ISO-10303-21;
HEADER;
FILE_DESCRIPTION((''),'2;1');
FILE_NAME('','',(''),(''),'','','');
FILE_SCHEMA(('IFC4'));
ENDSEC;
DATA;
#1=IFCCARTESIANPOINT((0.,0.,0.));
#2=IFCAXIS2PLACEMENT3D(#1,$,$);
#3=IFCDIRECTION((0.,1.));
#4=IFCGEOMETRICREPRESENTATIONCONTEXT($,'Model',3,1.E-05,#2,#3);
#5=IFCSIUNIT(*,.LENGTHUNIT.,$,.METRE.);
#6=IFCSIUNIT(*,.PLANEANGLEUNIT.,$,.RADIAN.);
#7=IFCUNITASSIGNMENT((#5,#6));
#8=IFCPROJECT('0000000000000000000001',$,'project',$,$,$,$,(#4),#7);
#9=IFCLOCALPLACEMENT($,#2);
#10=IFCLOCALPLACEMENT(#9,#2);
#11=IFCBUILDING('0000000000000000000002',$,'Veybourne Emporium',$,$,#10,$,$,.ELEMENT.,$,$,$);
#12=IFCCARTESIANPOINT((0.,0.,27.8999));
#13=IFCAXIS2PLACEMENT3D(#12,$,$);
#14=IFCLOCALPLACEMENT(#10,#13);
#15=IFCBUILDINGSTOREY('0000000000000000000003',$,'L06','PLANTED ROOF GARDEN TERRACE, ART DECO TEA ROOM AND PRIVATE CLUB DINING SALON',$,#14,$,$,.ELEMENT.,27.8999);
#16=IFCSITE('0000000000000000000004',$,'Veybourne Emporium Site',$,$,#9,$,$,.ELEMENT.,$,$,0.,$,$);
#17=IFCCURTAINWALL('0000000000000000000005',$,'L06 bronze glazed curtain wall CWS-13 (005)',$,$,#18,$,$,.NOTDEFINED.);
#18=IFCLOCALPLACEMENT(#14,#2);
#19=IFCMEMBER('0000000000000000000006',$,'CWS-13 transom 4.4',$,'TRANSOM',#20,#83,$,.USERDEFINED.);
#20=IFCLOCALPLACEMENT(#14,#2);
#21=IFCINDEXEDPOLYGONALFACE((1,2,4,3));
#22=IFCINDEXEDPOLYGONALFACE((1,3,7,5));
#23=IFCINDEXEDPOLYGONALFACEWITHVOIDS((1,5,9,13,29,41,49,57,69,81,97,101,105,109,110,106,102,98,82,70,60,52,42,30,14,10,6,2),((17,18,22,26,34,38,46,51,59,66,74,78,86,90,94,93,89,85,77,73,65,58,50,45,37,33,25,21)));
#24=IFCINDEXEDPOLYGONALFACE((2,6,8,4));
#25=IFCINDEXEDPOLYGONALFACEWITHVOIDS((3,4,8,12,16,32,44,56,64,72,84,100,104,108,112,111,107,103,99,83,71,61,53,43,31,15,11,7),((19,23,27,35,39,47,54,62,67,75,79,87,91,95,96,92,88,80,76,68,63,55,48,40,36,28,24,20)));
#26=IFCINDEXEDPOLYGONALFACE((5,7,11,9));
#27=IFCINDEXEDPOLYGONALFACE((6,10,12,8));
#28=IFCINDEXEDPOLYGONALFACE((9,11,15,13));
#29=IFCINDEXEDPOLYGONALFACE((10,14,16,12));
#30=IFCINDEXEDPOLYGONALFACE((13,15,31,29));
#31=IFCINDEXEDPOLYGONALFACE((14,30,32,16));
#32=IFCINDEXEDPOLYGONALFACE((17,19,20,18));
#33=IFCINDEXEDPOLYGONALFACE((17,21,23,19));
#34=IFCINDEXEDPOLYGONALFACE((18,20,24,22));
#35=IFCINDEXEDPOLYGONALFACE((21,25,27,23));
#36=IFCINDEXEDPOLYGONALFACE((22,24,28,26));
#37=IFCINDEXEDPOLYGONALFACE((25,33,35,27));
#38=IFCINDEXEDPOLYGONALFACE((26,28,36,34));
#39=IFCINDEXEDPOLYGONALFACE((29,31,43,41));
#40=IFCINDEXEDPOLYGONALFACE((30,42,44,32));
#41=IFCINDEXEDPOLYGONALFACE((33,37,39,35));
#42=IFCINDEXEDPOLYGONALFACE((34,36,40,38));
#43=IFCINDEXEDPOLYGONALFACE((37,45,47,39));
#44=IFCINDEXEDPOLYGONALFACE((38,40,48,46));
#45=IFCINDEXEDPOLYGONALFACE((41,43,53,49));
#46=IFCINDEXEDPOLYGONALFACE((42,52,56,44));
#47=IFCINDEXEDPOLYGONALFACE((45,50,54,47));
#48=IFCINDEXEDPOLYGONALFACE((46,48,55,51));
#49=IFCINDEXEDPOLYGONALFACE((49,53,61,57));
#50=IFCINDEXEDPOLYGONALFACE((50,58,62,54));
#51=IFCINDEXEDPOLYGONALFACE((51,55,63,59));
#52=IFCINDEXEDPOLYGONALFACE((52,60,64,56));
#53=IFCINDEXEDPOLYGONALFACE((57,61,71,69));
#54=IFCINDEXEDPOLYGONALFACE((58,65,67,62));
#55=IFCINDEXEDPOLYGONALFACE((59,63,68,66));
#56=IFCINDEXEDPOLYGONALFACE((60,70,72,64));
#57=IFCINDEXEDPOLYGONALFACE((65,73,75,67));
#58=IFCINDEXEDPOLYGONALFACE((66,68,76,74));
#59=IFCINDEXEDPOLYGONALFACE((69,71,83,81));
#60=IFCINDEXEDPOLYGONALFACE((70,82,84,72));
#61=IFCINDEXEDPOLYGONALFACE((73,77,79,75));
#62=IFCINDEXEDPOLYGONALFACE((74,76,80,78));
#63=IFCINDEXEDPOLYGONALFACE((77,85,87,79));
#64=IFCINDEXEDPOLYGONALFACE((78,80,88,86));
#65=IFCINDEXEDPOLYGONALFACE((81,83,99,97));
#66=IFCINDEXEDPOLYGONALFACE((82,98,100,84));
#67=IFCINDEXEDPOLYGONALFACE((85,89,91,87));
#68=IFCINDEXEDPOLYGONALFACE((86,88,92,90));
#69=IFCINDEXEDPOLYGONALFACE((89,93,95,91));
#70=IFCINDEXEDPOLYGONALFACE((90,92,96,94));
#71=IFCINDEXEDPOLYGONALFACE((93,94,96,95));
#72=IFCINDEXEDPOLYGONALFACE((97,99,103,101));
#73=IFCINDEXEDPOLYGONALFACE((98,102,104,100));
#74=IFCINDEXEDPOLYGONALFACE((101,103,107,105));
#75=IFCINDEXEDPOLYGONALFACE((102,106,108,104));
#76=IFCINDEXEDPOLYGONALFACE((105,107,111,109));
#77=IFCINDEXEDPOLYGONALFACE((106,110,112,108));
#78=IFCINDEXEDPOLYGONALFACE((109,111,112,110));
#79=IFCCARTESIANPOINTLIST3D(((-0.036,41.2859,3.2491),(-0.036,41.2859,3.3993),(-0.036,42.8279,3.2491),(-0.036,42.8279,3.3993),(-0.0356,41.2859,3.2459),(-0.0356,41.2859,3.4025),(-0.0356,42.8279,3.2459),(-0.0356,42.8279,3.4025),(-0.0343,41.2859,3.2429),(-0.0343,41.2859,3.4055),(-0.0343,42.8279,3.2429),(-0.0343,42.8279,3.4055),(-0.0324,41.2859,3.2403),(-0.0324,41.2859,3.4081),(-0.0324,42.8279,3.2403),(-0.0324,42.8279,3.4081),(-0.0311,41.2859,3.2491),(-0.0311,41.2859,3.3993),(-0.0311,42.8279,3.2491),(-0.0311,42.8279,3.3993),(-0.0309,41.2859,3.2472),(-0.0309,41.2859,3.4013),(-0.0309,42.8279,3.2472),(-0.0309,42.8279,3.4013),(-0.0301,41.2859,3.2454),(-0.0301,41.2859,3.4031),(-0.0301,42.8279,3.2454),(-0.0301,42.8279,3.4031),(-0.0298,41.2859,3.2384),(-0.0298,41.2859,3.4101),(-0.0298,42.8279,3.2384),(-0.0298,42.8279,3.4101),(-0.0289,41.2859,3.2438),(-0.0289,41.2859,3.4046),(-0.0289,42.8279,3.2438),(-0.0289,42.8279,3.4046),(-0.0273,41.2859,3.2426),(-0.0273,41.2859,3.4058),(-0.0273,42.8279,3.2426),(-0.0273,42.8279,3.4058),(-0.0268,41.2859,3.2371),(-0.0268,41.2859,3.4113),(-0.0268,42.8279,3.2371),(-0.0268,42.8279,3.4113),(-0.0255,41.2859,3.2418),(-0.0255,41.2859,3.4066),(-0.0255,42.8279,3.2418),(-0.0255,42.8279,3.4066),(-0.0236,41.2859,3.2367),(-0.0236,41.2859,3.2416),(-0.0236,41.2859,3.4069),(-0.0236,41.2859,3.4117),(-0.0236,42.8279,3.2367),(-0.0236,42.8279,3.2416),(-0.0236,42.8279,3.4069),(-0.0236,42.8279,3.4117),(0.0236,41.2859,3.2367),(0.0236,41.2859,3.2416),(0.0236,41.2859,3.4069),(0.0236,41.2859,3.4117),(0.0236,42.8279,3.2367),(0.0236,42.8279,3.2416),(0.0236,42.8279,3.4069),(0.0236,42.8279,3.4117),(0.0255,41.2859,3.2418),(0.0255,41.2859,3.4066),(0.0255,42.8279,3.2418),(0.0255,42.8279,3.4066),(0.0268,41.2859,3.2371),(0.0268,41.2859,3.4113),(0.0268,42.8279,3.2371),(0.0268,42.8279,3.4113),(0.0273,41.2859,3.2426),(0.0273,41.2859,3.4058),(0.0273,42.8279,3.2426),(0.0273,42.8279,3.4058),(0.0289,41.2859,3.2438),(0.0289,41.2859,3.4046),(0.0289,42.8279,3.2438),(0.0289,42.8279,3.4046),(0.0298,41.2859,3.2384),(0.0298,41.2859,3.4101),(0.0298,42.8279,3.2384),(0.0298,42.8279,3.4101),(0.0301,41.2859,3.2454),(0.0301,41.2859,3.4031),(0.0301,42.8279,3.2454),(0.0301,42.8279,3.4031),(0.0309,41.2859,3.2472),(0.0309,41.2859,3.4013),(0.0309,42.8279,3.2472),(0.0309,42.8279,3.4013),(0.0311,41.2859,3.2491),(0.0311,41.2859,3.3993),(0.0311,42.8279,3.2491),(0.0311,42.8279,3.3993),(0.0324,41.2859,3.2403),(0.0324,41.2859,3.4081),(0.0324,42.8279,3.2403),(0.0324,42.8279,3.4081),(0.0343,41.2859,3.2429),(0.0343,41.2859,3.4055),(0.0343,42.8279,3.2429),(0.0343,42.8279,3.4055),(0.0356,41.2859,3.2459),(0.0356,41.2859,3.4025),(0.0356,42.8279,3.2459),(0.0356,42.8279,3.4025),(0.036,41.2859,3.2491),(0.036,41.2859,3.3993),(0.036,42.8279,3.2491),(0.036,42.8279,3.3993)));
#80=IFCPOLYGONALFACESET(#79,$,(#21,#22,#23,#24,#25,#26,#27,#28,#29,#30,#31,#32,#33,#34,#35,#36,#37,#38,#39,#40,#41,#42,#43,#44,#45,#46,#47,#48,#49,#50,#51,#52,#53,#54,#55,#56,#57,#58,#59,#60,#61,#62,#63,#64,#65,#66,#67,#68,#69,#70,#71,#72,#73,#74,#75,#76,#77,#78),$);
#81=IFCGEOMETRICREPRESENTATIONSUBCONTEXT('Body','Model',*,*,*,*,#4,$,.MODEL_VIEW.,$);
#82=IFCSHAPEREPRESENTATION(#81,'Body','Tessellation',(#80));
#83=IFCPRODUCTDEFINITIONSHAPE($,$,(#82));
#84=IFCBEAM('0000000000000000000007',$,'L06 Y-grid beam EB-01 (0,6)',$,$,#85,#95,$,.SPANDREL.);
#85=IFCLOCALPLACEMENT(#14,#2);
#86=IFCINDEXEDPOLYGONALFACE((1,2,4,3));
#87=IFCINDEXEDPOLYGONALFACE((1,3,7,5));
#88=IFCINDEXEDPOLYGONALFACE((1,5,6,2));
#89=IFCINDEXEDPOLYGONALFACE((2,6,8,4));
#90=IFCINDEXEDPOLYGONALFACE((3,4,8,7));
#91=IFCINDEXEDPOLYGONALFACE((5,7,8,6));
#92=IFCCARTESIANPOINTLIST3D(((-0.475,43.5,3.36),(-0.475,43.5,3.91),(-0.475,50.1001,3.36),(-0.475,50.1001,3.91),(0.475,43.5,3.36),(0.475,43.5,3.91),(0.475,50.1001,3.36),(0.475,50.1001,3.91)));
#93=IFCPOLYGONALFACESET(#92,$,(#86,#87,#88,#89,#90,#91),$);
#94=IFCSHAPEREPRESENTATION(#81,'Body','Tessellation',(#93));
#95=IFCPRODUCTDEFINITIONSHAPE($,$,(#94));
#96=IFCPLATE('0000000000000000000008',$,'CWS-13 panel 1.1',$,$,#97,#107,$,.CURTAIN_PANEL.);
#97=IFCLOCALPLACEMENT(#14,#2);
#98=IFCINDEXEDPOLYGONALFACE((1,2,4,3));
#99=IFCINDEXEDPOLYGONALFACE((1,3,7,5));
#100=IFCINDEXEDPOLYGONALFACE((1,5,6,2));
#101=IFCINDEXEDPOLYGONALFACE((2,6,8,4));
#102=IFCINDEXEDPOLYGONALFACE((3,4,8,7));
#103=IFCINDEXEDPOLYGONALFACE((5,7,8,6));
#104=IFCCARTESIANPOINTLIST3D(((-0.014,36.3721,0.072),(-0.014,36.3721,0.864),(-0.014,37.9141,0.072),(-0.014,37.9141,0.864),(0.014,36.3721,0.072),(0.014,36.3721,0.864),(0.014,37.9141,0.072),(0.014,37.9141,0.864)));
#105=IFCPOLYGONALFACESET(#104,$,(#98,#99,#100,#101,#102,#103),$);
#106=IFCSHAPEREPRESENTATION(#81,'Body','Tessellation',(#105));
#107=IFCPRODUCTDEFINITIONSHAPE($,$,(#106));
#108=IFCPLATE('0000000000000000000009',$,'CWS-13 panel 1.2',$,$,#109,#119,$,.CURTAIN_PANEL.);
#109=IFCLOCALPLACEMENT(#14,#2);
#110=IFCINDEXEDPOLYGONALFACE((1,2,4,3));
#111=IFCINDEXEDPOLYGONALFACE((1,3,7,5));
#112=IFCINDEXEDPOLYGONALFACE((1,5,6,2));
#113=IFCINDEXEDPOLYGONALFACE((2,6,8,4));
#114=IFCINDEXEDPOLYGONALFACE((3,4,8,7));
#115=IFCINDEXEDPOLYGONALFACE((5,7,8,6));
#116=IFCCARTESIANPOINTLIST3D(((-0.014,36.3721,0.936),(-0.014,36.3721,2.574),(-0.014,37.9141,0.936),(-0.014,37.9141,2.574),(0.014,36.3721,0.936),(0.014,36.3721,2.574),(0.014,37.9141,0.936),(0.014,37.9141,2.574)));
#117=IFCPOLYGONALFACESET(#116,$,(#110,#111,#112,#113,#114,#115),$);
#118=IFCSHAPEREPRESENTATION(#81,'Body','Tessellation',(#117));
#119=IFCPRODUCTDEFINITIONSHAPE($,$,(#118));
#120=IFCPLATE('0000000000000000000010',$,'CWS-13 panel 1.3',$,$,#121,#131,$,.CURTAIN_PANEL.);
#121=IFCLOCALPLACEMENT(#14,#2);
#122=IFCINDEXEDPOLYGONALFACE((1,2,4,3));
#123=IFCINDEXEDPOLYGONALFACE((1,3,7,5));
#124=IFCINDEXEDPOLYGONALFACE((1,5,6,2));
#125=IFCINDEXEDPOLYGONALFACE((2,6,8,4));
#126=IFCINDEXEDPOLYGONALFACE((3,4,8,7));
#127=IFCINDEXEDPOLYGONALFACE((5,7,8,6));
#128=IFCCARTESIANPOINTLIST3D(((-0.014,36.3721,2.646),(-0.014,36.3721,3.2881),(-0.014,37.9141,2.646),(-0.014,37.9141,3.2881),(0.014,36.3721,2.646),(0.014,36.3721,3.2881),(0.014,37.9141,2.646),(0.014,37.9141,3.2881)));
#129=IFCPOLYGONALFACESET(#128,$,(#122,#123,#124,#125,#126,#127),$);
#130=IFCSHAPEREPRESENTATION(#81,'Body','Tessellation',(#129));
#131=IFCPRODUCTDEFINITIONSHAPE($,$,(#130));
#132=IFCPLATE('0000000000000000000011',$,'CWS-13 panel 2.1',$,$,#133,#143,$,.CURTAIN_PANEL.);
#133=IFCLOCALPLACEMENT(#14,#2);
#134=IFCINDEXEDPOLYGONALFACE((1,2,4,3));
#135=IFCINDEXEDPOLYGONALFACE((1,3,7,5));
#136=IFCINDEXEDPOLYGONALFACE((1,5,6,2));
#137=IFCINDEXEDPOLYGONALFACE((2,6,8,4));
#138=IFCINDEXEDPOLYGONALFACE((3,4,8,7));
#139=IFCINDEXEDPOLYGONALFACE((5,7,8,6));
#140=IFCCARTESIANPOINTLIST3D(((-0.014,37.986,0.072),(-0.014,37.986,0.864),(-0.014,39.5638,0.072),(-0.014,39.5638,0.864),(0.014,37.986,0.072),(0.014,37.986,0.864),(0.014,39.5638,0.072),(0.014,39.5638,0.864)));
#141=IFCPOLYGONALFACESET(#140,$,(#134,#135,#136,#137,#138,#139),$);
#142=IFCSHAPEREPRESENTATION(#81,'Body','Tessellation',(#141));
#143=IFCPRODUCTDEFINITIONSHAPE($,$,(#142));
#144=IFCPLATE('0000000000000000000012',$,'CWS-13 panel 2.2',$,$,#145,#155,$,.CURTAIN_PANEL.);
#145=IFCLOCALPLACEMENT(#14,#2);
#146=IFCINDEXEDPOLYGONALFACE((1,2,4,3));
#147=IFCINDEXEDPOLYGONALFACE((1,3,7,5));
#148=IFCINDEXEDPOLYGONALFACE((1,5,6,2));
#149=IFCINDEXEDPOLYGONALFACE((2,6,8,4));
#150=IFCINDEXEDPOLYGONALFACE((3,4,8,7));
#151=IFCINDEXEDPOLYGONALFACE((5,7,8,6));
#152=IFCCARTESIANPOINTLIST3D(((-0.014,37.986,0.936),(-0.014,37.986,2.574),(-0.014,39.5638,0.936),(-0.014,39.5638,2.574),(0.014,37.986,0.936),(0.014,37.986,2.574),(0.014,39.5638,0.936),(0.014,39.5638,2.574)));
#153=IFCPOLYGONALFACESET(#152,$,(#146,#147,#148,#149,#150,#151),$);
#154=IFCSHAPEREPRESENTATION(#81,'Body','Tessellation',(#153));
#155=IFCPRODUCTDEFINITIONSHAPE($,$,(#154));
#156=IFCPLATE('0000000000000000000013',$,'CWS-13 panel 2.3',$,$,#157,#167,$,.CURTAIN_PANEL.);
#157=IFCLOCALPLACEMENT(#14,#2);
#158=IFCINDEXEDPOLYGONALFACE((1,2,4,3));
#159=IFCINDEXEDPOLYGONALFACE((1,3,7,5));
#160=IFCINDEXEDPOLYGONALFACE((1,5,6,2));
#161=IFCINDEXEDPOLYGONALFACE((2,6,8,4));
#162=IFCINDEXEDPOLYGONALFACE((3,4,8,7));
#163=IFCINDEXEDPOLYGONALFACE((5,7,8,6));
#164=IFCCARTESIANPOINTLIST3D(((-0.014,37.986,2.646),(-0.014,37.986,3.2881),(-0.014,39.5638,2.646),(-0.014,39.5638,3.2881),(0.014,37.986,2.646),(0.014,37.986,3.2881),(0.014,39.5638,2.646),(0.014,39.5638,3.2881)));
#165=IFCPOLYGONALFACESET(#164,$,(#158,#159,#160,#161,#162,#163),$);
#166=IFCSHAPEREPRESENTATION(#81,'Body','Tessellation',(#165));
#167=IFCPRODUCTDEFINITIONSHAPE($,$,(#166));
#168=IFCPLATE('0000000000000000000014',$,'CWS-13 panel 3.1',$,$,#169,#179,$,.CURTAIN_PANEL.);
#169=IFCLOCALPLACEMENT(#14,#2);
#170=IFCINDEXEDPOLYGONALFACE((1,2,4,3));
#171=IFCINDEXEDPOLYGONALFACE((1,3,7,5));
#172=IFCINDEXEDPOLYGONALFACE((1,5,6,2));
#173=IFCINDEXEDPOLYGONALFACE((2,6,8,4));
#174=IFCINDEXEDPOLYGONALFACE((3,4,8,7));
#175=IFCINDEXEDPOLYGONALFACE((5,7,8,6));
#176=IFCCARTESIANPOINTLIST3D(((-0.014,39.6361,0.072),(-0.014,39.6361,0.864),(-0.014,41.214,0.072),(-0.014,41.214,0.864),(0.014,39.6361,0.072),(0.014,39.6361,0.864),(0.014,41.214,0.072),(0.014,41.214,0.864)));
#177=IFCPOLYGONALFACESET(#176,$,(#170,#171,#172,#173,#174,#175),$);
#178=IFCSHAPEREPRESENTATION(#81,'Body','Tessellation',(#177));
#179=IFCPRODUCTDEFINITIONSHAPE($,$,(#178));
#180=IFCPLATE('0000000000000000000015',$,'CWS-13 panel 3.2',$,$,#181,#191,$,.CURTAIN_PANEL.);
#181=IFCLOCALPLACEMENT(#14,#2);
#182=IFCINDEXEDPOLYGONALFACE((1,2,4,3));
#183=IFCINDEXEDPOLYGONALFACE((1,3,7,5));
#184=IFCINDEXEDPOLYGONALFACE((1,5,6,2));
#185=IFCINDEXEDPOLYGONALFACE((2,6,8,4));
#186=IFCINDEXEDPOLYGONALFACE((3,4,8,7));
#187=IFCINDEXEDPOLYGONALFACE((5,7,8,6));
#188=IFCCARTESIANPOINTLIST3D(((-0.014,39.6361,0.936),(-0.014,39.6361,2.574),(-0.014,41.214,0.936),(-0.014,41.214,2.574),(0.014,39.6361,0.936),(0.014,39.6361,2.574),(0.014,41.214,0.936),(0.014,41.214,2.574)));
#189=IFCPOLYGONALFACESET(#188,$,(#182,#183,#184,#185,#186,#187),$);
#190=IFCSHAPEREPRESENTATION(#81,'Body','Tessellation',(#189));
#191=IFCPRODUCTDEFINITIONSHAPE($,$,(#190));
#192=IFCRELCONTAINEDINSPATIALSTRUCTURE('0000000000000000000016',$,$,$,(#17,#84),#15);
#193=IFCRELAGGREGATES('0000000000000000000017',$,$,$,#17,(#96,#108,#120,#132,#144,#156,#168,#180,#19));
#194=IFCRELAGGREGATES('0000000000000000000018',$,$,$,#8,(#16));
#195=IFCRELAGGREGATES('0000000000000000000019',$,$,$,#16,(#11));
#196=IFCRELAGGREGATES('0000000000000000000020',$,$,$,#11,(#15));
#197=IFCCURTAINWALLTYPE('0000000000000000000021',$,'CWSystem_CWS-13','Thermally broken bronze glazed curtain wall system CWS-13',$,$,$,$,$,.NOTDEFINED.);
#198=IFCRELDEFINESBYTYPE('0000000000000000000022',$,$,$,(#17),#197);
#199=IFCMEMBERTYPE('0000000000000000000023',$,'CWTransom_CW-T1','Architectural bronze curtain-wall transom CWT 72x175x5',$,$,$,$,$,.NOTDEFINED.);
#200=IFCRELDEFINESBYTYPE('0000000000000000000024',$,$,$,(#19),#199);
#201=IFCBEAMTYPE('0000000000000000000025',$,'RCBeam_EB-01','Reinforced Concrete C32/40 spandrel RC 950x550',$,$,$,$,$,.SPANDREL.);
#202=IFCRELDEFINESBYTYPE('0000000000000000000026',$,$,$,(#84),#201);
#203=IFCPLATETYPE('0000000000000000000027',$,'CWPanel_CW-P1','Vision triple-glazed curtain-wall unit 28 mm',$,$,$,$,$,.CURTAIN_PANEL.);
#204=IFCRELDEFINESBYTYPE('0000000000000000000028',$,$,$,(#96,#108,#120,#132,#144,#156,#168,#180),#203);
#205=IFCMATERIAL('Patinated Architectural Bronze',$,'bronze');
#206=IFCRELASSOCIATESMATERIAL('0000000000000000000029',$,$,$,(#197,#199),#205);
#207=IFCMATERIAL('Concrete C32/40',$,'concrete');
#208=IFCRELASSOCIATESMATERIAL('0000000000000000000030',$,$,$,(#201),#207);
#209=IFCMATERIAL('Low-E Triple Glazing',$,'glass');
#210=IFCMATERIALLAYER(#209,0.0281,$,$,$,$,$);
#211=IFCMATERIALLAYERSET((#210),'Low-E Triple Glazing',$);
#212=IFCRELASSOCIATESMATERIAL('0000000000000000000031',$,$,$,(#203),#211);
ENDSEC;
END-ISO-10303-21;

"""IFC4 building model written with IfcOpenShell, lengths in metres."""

from ifc_helpers import new_model, si_unit, direction, frame, origin, origin_2d, place, context, subcontext, project, spatial, rectangle, hollow_rectangle, extrude, material, layer, layer_set, material_profile, profile_set, type_object, element, aggregate, save


model = new_model("IFC4")

# Units and contexts
model_context = context("Model", 3, precision=1e-05, world=origin(), true_north=direction((0.0, 1.0)))
body_context = subcontext(model_context, "Body", "Model", "MODEL_VIEW")
ifc_project = project(units=[si_unit("LENGTHUNIT", "METRE"), si_unit("PLANEANGLEUNIT", "RADIAN")], contexts=[model_context])

# Site, building, storey
site_placement = place(None, origin())
site = spatial("IfcSite", under=ifc_project, at=site_placement, Name="Veybourne Emporium Site", CompositionType="ELEMENT", RefElevation=0.0)
building_placement = place(site_placement, origin())
building = spatial("IfcBuilding", under=site, at=building_placement, Name="Veybourne Emporium", CompositionType="ELEMENT")
storey_placement = place(building_placement, frame((0.0, 0.0, 27.8999)))
storey = spatial("IfcBuildingStorey", under=building, at=storey_placement, Name="L06", Description="PLANTED ROOF GARDEN TERRACE, ART DECO TEA ROOM AND PRIVATE CLUB DINING SALON", CompositionType="ELEMENT", Elevation=27.8999)

# Curtain wall
ifc_material_1 = material(Name="Patinated Architectural Bronze", Category="bronze")
curtain_wall_type_1 = type_object("IfcCurtainWallType", Name="CWSystem_CWS-13", Description="Thermally broken bronze glazed curtain wall system CWS-13", PredefinedType="NOTDEFINED", material=ifc_material_1)
curtain_wall_1_placement = place(storey_placement, origin())
curtain_wall_1 = element("IfcCurtainWall", 1, at=curtain_wall_1_placement, inside=storey, type_object=curtain_wall_type_1, Name="L06 bronze glazed curtain wall CWS-13 (005)", PredefinedType="NOTDEFINED")

# Member
ifc_material_profile_1 = material_profile(ifc_material_1, hollow_rectangle(XDim=0.072, YDim=0.175, WallThickness=0.0049, InnerFilletRadius=0.0076, OuterFilletRadius=0.0125, at=origin_2d()), Name="CWT 72x175x5")
ifc_profile_set_1 = profile_set([ifc_material_profile_1], Name="Patinated Architectural Bronze")
member_type_1 = type_object("IfcMemberType", Name="CWTransom_CW-T1", Description="Architectural bronze curtain-wall transom CWT 72x175x5", PredefinedType="NOTDEFINED", material=ifc_profile_set_1)
member_1_placement = place(storey_placement, frame((0.0, 41.2859, 3.3242), z_axis=(0.0, 1.0, 0.0), x_axis=(-1.0, 0.0, 0.0)))
member_1 = element("IfcMember", 2, at=member_1_placement, type_object=member_type_1, Name="CWS-13 transom 4.4", ObjectType="TRANSOM", PredefinedType="USERDEFINED", context=body_context, shape_type="SweptSolid", body=[
    extrude(hollow_rectangle(XDim=0.072, YDim=0.175, WallThickness=0.0049, InnerFilletRadius=0.0076, OuterFilletRadius=0.0125, at=origin_2d()), origin(), (0.0, 0.0, 1.0), 1.542),
])

# Beam
ifc_material_2 = material(Name="Concrete C32/40", Category="concrete")
ifc_material_profile_2 = material_profile(ifc_material_2, rectangle(XDim=0.95, YDim=0.55, at=origin_2d()), Name="RC 950x550")
ifc_profile_set_2 = profile_set([ifc_material_profile_2], Name="Concrete C32/40")
beam_type = type_object("IfcBeamType", Name="RCBeam_EB-01", Description="Reinforced Concrete C32/40 spandrel RC 950x550", PredefinedType="SPANDREL", material=ifc_profile_set_2)
beam_placement = place(storey_placement, frame((0.0, 43.5, 3.635), z_axis=(0.0, 1.0, 0.0), x_axis=(-1.0, 0.0, 0.0)))
element("IfcBeam", 3, at=beam_placement, inside=storey, type_object=beam_type, Name="L06 Y-grid beam EB-01 (0,6)", PredefinedType="SPANDREL", context=body_context, shape_type="SweptSolid", body=[
    extrude(rectangle(XDim=0.95, YDim=0.55, at=origin_2d()), origin(), (0.0, 0.0, 1.0), 6.6001),
])

# Plates
ifc_material_3 = material(Name="Low-E Triple Glazing", Category="glass")
ifc_layer_1 = layer(ifc_material_3, 0.0281)
ifc_layer_set_1 = layer_set([ifc_layer_1], Name="Low-E Triple Glazing")
plate_type = type_object("IfcPlateType", Name="CWPanel_CW-P1", Description="Vision triple-glazed curtain-wall unit 28 mm", PredefinedType="CURTAIN_PANEL", material=ifc_layer_set_1)
plate_1_placement = place(storey_placement, frame((0.0, 37.1431, 0.072), z_axis=(0.0, 0.0, 1.0), x_axis=(0.0, 1.0, 0.0)))
plate_1 = element("IfcPlate", 4, at=plate_1_placement, type_object=plate_type, Name="CWS-13 panel 1.1", PredefinedType="CURTAIN_PANEL", context=body_context, shape_type="SweptSolid", body=[
    extrude(rectangle(XDim=1.542, YDim=0.0281, at=origin_2d()), origin(), (0.0, 0.0, 1.0), 0.792),
])
plate_2_placement = place(storey_placement, frame((0.0, 37.1431, 0.936), z_axis=(0.0, 0.0, 1.0), x_axis=(0.0, 1.0, 0.0)))
plate_2 = element("IfcPlate", 5, at=plate_2_placement, type_object=plate_type, Name="CWS-13 panel 1.2", PredefinedType="CURTAIN_PANEL", context=body_context, shape_type="SweptSolid", body=[
    extrude(rectangle(XDim=1.542, YDim=0.0281, at=origin_2d()), origin(), (0.0, 0.0, 1.0), 1.6379),
])
plate_3_placement = place(storey_placement, frame((0.0, 37.1431, 2.646), z_axis=(0.0, 0.0, 1.0), x_axis=(0.0, 1.0, 0.0)))
plate_3 = element("IfcPlate", 6, at=plate_3_placement, type_object=plate_type, Name="CWS-13 panel 1.3", PredefinedType="CURTAIN_PANEL", context=body_context, shape_type="SweptSolid", body=[
    extrude(rectangle(XDim=1.542, YDim=0.0281, at=origin_2d()), origin(), (0.0, 0.0, 1.0), 0.6421),
])
plate_4_placement = place(storey_placement, frame((0.0, 38.7749, 0.072), z_axis=(0.0, 0.0, 1.0), x_axis=(0.0, 1.0, 0.0)))
plate_4 = element("IfcPlate", 7, at=plate_4_placement, type_object=plate_type, Name="CWS-13 panel 2.1", PredefinedType="CURTAIN_PANEL", context=body_context, shape_type="SweptSolid", body=[
    extrude(rectangle(XDim=1.5779, YDim=0.0281, at=origin_2d()), origin(), (0.0, 0.0, 1.0), 0.792),
])
plate_5_placement = place(storey_placement, frame((0.0, 38.7749, 0.936), z_axis=(0.0, 0.0, 1.0), x_axis=(0.0, 1.0, 0.0)))
plate_5 = element("IfcPlate", 8, at=plate_5_placement, type_object=plate_type, Name="CWS-13 panel 2.2", PredefinedType="CURTAIN_PANEL", context=body_context, shape_type="SweptSolid", body=[
    extrude(rectangle(XDim=1.5779, YDim=0.0281, at=origin_2d()), origin(), (0.0, 0.0, 1.0), 1.6379),
])
plate_6_placement = place(storey_placement, frame((0.0, 38.7749, 2.646), z_axis=(0.0, 0.0, 1.0), x_axis=(0.0, 1.0, 0.0)))
plate_6 = element("IfcPlate", 9, at=plate_6_placement, type_object=plate_type, Name="CWS-13 panel 2.3", PredefinedType="CURTAIN_PANEL", context=body_context, shape_type="SweptSolid", body=[
    extrude(rectangle(XDim=1.5779, YDim=0.0281, at=origin_2d()), origin(), (0.0, 0.0, 1.0), 0.6421),
])
plate_7_placement = place(storey_placement, frame((0.0, 40.425, 0.072), z_axis=(0.0, 0.0, 1.0), x_axis=(0.0, 1.0, 0.0)))
plate_7 = element("IfcPlate", 10, at=plate_7_placement, type_object=plate_type, Name="CWS-13 panel 3.1", PredefinedType="CURTAIN_PANEL", context=body_context, shape_type="SweptSolid", body=[
    extrude(rectangle(XDim=1.5779, YDim=0.0281, at=origin_2d()), origin(), (0.0, 0.0, 1.0), 0.792),
])
plate_8_placement = place(storey_placement, frame((0.0, 40.425, 0.936), z_axis=(0.0, 0.0, 1.0), x_axis=(0.0, 1.0, 0.0)))
plate_8 = element("IfcPlate", 11, at=plate_8_placement, type_object=plate_type, Name="CWS-13 panel 3.2", PredefinedType="CURTAIN_PANEL", context=body_context, shape_type="SweptSolid", body=[
    extrude(rectangle(XDim=1.5779, YDim=0.0281, at=origin_2d()), origin(), (0.0, 0.0, 1.0), 1.6379),
])
aggregate(curtain_wall_1, [plate_1, plate_2, plate_3, plate_4, plate_5, plate_6, plate_7, plate_8, member_1])

save(model, "model.ifc")
